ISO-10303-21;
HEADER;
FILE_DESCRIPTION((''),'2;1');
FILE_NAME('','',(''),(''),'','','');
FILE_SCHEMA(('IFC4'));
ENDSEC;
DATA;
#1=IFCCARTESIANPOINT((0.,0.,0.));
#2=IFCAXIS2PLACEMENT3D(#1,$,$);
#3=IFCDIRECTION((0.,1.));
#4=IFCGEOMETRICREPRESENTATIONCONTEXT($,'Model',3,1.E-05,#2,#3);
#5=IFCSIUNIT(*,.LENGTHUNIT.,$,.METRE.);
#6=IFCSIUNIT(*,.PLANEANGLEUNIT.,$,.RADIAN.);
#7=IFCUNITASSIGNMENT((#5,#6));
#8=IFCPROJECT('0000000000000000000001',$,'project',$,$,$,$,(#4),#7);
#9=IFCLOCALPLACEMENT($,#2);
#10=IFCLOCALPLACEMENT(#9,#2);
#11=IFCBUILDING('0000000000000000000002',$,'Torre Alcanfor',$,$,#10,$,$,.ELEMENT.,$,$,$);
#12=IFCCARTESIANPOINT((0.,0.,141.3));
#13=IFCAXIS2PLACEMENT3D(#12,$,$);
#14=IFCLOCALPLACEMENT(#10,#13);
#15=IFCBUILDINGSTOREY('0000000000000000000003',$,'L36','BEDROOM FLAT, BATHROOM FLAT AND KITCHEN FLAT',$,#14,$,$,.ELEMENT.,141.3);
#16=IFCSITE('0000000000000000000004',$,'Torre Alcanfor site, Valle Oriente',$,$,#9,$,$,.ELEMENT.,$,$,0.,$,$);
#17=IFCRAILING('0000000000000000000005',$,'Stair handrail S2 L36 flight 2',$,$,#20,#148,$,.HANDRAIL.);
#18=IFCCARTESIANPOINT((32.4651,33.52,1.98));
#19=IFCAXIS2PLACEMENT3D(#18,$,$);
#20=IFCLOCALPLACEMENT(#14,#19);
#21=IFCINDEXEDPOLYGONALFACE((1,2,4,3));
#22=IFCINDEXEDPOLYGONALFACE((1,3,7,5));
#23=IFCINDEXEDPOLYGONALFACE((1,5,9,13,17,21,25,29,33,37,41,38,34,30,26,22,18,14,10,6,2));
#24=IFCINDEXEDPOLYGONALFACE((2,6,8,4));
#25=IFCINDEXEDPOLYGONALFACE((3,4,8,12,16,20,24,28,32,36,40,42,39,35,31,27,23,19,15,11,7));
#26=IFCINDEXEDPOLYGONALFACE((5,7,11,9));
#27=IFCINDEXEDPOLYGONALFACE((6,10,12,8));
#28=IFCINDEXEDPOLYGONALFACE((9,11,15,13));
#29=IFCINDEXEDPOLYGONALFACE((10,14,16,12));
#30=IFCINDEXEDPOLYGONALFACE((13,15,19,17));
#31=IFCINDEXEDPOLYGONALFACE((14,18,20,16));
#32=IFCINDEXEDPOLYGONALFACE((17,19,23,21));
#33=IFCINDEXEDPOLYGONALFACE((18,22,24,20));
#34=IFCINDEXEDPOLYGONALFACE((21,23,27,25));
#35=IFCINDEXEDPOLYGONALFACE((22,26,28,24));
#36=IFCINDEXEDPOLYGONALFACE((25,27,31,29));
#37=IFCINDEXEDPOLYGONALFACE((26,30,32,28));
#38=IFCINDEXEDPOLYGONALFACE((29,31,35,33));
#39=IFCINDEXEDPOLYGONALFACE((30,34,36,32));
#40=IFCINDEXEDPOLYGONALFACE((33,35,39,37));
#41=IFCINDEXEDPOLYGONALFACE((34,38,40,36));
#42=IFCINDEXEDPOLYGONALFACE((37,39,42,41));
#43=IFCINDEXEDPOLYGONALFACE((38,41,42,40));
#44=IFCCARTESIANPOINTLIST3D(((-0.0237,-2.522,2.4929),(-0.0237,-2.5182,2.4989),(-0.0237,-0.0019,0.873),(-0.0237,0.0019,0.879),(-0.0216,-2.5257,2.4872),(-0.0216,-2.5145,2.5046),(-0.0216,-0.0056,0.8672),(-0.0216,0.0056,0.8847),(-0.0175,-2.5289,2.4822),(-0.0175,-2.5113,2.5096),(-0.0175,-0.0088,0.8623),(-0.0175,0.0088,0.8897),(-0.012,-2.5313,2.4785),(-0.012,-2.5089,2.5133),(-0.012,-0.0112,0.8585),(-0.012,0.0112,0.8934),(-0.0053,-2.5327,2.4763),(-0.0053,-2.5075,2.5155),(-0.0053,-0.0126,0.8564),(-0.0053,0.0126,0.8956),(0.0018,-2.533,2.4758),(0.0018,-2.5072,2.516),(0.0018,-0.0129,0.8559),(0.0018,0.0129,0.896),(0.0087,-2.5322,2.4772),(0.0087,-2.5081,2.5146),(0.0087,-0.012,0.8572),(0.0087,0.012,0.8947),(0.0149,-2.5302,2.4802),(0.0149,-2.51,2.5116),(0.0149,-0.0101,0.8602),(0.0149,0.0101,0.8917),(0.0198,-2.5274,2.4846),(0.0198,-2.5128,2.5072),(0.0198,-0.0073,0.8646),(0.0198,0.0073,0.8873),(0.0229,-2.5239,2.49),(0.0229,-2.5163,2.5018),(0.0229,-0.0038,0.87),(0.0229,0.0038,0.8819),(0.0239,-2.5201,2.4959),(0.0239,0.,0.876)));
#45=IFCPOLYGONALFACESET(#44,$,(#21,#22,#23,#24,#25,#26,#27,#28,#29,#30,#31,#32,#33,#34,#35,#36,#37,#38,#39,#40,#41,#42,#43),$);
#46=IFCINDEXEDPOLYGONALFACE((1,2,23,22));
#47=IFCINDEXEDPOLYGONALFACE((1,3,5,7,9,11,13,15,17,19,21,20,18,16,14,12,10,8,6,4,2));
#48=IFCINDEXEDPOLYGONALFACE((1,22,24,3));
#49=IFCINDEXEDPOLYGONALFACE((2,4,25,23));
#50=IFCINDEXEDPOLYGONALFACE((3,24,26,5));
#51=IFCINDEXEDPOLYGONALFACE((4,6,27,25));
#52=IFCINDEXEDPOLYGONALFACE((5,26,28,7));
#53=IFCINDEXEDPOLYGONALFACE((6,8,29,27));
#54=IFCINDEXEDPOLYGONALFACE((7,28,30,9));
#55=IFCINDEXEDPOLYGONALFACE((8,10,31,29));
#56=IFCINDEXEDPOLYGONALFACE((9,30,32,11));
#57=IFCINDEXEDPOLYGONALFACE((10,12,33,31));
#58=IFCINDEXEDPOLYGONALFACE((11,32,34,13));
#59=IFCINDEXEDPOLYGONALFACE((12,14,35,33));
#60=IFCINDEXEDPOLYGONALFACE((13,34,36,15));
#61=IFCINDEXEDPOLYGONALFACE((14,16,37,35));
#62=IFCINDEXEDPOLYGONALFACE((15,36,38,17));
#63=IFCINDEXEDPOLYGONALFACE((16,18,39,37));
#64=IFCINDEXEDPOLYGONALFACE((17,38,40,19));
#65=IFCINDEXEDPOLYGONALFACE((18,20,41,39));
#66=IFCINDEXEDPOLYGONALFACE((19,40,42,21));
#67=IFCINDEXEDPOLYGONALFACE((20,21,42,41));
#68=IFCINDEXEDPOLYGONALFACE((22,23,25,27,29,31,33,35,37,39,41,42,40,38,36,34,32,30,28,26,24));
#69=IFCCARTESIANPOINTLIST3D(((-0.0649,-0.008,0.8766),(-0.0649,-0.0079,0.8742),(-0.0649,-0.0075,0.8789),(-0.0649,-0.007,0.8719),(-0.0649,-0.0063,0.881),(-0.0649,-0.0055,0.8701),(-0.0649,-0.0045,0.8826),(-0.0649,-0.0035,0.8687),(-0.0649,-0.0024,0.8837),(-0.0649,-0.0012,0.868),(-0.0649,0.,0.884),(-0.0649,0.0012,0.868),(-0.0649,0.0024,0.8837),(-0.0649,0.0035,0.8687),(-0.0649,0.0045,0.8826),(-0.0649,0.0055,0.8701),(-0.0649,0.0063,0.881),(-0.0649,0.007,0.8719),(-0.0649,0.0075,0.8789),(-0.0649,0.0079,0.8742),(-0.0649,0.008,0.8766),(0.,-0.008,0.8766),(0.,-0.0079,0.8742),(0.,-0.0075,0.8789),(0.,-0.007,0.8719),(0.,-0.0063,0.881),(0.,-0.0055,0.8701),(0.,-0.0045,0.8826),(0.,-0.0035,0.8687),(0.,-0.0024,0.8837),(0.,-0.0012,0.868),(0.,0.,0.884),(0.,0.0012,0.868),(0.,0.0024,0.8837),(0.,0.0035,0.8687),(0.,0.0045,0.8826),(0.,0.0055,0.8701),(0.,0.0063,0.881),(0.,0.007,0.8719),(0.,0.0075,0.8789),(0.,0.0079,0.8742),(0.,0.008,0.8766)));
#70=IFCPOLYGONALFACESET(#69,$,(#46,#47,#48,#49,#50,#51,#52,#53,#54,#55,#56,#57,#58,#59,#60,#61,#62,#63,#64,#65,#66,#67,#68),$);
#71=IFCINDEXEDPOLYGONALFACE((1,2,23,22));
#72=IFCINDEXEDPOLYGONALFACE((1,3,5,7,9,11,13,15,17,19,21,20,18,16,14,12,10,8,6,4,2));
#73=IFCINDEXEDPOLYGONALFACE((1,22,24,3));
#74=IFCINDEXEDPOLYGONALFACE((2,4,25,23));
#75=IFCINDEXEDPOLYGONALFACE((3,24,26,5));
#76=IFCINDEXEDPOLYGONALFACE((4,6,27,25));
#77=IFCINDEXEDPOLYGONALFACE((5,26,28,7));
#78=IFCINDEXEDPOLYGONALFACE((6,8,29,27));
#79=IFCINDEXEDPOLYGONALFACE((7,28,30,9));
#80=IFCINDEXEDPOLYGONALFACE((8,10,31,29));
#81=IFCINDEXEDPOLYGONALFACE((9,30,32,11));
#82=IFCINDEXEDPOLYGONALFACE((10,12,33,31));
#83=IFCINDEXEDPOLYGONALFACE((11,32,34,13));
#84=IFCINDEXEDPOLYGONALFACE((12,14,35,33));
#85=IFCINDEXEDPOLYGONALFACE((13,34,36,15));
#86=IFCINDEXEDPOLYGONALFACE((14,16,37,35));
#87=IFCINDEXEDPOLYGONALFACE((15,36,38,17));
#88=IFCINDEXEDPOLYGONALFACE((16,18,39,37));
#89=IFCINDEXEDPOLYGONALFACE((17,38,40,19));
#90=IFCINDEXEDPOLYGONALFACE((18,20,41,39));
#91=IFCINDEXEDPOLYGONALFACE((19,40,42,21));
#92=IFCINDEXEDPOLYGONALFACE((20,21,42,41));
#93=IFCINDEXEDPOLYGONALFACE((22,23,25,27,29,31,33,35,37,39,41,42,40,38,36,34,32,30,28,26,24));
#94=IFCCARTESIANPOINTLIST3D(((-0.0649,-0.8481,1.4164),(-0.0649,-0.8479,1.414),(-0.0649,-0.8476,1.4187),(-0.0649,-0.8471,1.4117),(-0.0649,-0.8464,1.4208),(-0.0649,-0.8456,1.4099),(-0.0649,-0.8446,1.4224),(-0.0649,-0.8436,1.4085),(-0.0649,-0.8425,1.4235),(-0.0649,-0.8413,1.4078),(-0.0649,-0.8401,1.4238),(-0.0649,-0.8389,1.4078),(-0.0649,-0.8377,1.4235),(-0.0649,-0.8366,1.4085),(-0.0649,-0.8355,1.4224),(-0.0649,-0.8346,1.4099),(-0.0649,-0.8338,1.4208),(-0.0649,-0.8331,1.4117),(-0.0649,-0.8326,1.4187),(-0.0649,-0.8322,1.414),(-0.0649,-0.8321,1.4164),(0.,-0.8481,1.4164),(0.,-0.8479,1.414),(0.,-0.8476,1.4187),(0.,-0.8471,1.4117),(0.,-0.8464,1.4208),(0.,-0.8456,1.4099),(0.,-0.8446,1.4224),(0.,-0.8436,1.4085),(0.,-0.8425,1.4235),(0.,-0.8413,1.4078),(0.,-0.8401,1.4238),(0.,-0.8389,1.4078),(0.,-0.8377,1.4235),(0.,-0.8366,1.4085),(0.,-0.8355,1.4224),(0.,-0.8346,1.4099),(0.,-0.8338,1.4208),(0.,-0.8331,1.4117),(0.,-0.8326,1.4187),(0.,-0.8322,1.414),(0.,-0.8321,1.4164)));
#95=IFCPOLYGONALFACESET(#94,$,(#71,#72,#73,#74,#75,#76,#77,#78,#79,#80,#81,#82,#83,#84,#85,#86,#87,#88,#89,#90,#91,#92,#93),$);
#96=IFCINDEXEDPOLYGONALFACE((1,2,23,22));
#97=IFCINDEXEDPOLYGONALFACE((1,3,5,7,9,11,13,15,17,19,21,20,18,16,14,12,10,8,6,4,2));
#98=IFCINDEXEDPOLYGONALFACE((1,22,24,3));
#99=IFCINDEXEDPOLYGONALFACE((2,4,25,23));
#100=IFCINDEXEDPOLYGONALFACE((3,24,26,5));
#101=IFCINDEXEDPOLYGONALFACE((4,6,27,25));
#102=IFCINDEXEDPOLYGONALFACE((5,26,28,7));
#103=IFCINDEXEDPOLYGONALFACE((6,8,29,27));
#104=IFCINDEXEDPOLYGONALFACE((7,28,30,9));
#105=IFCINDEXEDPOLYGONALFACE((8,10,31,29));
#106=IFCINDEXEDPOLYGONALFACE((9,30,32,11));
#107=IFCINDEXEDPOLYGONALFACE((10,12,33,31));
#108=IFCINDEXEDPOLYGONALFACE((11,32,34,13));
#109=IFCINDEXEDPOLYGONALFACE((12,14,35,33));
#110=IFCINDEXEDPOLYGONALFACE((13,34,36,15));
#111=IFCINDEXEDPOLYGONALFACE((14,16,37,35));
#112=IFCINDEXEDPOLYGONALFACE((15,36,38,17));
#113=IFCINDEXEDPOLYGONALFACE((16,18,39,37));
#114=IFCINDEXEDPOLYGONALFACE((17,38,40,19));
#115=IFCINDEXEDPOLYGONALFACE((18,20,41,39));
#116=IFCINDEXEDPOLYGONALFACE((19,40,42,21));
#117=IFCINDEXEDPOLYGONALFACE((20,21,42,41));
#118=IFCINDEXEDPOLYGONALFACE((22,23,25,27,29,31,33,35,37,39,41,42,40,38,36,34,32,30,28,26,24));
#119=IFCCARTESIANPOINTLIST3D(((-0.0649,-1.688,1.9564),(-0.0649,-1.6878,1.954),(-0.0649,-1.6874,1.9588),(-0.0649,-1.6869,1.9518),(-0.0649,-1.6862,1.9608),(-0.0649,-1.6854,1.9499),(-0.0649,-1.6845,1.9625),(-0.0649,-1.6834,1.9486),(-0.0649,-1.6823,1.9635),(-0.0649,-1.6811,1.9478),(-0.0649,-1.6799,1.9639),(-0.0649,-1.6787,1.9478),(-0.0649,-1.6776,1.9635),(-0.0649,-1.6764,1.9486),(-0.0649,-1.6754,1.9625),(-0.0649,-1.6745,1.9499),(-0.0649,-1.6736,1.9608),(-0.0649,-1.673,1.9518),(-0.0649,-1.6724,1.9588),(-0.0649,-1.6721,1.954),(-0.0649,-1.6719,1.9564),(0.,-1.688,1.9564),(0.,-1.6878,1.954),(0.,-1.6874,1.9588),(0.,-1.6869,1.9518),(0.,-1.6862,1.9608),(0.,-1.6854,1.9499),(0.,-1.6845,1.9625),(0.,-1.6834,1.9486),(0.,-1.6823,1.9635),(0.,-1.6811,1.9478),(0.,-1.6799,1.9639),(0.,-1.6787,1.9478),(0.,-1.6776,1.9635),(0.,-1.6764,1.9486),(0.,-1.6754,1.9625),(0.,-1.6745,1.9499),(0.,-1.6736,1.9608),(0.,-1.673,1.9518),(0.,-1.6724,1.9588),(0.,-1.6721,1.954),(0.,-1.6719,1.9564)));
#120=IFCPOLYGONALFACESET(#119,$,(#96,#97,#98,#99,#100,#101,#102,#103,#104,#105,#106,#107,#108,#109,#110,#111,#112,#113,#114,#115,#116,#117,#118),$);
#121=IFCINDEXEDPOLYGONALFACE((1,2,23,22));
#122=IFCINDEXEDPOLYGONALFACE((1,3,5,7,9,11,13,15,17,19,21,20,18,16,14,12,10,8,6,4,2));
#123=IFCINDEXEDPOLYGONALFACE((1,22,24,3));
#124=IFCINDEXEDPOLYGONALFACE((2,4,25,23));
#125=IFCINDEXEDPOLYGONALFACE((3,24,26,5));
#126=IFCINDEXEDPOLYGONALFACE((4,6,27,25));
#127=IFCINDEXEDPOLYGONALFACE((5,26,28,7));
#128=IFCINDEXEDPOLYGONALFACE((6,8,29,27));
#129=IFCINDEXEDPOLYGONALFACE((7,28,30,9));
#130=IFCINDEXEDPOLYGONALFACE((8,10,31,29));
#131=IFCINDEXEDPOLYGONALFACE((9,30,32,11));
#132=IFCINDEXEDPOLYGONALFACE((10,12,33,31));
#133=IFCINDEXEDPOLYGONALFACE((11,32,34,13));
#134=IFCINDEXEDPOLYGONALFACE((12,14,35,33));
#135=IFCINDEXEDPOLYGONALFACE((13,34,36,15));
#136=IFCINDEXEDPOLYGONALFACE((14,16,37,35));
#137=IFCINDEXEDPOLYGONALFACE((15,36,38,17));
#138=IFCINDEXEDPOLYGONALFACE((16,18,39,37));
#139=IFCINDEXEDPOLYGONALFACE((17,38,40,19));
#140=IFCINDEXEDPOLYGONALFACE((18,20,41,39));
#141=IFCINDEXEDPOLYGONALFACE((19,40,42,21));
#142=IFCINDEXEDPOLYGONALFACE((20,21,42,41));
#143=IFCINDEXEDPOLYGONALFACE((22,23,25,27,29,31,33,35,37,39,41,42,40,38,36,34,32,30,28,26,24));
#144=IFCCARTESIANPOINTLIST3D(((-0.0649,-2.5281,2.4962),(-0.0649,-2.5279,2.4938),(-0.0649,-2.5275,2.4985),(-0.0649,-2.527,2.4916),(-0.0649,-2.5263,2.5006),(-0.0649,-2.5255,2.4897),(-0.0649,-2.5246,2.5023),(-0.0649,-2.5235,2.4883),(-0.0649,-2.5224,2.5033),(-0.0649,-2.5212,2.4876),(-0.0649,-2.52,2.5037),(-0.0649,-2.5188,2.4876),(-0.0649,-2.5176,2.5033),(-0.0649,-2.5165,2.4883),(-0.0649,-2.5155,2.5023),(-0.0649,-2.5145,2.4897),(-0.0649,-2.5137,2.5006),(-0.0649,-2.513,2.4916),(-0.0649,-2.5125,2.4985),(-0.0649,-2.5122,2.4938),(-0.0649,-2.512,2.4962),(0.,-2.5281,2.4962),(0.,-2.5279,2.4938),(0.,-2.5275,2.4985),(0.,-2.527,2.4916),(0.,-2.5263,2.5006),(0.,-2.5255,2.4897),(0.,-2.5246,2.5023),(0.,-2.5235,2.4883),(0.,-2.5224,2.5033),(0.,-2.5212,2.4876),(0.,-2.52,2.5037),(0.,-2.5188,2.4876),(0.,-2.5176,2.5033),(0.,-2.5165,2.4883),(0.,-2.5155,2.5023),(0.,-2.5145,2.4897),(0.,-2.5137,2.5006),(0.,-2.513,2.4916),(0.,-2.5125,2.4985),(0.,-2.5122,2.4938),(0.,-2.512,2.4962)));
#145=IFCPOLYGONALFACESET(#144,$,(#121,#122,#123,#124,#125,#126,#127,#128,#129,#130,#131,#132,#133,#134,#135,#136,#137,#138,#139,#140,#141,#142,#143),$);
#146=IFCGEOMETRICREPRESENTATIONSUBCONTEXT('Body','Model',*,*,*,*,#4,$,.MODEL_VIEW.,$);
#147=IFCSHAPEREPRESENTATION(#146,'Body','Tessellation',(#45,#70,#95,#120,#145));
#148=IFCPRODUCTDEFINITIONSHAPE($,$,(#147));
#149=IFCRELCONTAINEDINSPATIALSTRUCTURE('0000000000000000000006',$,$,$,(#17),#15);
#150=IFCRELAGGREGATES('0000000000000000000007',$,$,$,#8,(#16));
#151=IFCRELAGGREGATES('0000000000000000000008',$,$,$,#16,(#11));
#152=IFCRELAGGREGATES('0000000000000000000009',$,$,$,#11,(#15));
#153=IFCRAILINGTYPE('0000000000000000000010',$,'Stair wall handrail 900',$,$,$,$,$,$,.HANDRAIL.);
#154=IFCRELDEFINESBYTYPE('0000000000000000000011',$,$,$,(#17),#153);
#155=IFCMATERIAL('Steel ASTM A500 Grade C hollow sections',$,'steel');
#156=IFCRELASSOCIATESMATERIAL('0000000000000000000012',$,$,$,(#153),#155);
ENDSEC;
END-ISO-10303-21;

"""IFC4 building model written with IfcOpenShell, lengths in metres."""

from ifc_helpers import new_model, si_unit, direction, frame, origin, origin_2d, place, context, subcontext, project, spatial, circle, extrude, material, type_object, element, save


model = new_model("IFC4")

# Units and contexts
model_context = context("Model", 3, precision=1e-05, world=origin(), true_north=direction((0.0, 1.0)))
body_context = subcontext(model_context, "Body", "Model", "MODEL_VIEW")
ifc_project = project(units=[si_unit("LENGTHUNIT", "METRE"), si_unit("PLANEANGLEUNIT", "RADIAN")], contexts=[model_context])

# Site, building, storey
site_placement = place(None, origin())
site = spatial("IfcSite", under=ifc_project, at=site_placement, Name="Torre Alcanfor site, Valle Oriente", CompositionType="ELEMENT", RefElevation=0.0)
building_placement = place(site_placement, origin())
building = spatial("IfcBuilding", under=site, at=building_placement, Name="Torre Alcanfor", CompositionType="ELEMENT")
storey_placement = place(building_placement, frame((0.0, 0.0, 141.3)))
storey = spatial("IfcBuildingStorey", under=building, at=storey_placement, Name="L36", Description="BEDROOM FLAT, BATHROOM FLAT AND KITCHEN FLAT", CompositionType="ELEMENT", Elevation=141.3)

# Railing
ifc_material_1 = material(Name="Steel ASTM A500 Grade C hollow sections", Category="steel")
railing_type_1 = type_object("IfcRailingType", Name="Stair wall handrail 900", PredefinedType="HANDRAIL", material=ifc_material_1)
railing_1_placement = place(storey_placement, frame((32.4651, 33.52, 1.98)))
element("IfcRailing", 1, at=railing_1_placement, inside=storey, type_object=railing_type_1, Name="Stair handrail S2 L36 flight 2", PredefinedType="HANDRAIL", context=body_context, shape_type="SweptSolid", body=[
    extrude(circle(Radius=0.0239, at=origin_2d()), frame((0.0, 0.0, 0.876), z_axis=(0.0, -0.8412, 0.540725), x_axis=(1.0, 0.0, 0.0)), (0.0, 0.0, 1.0), 2.9958),
    extrude(circle(Radius=0.0081, at=origin_2d()), frame((0.0, 0.0, 0.876), z_axis=(-1.0, 0.0, 0.0), x_axis=(0.0, 0.0, 1.0)), (0.0, 0.0, 1.0), 0.0649),
    extrude(circle(Radius=0.0081, at=origin_2d()), frame((0.0, -0.8401, 1.4158), z_axis=(-1.0, 0.0, 0.0), x_axis=(0.0, 0.0, 1.0)), (0.0, 0.0, 1.0), 0.0649),
    extrude(circle(Radius=0.0081, at=origin_2d()), frame((0.0, -1.6799, 1.9558), z_axis=(-1.0, 0.0, 0.0), x_axis=(0.0, 0.0, 1.0)), (0.0, 0.0, 1.0), 0.0649),
    extrude(circle(Radius=0.0081, at=origin_2d()), frame((0.0, -2.52, 2.4956), z_axis=(-1.0, 0.0, 0.0), x_axis=(0.0, 0.0, 1.0)), (0.0, 0.0, 1.0), 0.0649),
])

save(model, "model.ifc")
